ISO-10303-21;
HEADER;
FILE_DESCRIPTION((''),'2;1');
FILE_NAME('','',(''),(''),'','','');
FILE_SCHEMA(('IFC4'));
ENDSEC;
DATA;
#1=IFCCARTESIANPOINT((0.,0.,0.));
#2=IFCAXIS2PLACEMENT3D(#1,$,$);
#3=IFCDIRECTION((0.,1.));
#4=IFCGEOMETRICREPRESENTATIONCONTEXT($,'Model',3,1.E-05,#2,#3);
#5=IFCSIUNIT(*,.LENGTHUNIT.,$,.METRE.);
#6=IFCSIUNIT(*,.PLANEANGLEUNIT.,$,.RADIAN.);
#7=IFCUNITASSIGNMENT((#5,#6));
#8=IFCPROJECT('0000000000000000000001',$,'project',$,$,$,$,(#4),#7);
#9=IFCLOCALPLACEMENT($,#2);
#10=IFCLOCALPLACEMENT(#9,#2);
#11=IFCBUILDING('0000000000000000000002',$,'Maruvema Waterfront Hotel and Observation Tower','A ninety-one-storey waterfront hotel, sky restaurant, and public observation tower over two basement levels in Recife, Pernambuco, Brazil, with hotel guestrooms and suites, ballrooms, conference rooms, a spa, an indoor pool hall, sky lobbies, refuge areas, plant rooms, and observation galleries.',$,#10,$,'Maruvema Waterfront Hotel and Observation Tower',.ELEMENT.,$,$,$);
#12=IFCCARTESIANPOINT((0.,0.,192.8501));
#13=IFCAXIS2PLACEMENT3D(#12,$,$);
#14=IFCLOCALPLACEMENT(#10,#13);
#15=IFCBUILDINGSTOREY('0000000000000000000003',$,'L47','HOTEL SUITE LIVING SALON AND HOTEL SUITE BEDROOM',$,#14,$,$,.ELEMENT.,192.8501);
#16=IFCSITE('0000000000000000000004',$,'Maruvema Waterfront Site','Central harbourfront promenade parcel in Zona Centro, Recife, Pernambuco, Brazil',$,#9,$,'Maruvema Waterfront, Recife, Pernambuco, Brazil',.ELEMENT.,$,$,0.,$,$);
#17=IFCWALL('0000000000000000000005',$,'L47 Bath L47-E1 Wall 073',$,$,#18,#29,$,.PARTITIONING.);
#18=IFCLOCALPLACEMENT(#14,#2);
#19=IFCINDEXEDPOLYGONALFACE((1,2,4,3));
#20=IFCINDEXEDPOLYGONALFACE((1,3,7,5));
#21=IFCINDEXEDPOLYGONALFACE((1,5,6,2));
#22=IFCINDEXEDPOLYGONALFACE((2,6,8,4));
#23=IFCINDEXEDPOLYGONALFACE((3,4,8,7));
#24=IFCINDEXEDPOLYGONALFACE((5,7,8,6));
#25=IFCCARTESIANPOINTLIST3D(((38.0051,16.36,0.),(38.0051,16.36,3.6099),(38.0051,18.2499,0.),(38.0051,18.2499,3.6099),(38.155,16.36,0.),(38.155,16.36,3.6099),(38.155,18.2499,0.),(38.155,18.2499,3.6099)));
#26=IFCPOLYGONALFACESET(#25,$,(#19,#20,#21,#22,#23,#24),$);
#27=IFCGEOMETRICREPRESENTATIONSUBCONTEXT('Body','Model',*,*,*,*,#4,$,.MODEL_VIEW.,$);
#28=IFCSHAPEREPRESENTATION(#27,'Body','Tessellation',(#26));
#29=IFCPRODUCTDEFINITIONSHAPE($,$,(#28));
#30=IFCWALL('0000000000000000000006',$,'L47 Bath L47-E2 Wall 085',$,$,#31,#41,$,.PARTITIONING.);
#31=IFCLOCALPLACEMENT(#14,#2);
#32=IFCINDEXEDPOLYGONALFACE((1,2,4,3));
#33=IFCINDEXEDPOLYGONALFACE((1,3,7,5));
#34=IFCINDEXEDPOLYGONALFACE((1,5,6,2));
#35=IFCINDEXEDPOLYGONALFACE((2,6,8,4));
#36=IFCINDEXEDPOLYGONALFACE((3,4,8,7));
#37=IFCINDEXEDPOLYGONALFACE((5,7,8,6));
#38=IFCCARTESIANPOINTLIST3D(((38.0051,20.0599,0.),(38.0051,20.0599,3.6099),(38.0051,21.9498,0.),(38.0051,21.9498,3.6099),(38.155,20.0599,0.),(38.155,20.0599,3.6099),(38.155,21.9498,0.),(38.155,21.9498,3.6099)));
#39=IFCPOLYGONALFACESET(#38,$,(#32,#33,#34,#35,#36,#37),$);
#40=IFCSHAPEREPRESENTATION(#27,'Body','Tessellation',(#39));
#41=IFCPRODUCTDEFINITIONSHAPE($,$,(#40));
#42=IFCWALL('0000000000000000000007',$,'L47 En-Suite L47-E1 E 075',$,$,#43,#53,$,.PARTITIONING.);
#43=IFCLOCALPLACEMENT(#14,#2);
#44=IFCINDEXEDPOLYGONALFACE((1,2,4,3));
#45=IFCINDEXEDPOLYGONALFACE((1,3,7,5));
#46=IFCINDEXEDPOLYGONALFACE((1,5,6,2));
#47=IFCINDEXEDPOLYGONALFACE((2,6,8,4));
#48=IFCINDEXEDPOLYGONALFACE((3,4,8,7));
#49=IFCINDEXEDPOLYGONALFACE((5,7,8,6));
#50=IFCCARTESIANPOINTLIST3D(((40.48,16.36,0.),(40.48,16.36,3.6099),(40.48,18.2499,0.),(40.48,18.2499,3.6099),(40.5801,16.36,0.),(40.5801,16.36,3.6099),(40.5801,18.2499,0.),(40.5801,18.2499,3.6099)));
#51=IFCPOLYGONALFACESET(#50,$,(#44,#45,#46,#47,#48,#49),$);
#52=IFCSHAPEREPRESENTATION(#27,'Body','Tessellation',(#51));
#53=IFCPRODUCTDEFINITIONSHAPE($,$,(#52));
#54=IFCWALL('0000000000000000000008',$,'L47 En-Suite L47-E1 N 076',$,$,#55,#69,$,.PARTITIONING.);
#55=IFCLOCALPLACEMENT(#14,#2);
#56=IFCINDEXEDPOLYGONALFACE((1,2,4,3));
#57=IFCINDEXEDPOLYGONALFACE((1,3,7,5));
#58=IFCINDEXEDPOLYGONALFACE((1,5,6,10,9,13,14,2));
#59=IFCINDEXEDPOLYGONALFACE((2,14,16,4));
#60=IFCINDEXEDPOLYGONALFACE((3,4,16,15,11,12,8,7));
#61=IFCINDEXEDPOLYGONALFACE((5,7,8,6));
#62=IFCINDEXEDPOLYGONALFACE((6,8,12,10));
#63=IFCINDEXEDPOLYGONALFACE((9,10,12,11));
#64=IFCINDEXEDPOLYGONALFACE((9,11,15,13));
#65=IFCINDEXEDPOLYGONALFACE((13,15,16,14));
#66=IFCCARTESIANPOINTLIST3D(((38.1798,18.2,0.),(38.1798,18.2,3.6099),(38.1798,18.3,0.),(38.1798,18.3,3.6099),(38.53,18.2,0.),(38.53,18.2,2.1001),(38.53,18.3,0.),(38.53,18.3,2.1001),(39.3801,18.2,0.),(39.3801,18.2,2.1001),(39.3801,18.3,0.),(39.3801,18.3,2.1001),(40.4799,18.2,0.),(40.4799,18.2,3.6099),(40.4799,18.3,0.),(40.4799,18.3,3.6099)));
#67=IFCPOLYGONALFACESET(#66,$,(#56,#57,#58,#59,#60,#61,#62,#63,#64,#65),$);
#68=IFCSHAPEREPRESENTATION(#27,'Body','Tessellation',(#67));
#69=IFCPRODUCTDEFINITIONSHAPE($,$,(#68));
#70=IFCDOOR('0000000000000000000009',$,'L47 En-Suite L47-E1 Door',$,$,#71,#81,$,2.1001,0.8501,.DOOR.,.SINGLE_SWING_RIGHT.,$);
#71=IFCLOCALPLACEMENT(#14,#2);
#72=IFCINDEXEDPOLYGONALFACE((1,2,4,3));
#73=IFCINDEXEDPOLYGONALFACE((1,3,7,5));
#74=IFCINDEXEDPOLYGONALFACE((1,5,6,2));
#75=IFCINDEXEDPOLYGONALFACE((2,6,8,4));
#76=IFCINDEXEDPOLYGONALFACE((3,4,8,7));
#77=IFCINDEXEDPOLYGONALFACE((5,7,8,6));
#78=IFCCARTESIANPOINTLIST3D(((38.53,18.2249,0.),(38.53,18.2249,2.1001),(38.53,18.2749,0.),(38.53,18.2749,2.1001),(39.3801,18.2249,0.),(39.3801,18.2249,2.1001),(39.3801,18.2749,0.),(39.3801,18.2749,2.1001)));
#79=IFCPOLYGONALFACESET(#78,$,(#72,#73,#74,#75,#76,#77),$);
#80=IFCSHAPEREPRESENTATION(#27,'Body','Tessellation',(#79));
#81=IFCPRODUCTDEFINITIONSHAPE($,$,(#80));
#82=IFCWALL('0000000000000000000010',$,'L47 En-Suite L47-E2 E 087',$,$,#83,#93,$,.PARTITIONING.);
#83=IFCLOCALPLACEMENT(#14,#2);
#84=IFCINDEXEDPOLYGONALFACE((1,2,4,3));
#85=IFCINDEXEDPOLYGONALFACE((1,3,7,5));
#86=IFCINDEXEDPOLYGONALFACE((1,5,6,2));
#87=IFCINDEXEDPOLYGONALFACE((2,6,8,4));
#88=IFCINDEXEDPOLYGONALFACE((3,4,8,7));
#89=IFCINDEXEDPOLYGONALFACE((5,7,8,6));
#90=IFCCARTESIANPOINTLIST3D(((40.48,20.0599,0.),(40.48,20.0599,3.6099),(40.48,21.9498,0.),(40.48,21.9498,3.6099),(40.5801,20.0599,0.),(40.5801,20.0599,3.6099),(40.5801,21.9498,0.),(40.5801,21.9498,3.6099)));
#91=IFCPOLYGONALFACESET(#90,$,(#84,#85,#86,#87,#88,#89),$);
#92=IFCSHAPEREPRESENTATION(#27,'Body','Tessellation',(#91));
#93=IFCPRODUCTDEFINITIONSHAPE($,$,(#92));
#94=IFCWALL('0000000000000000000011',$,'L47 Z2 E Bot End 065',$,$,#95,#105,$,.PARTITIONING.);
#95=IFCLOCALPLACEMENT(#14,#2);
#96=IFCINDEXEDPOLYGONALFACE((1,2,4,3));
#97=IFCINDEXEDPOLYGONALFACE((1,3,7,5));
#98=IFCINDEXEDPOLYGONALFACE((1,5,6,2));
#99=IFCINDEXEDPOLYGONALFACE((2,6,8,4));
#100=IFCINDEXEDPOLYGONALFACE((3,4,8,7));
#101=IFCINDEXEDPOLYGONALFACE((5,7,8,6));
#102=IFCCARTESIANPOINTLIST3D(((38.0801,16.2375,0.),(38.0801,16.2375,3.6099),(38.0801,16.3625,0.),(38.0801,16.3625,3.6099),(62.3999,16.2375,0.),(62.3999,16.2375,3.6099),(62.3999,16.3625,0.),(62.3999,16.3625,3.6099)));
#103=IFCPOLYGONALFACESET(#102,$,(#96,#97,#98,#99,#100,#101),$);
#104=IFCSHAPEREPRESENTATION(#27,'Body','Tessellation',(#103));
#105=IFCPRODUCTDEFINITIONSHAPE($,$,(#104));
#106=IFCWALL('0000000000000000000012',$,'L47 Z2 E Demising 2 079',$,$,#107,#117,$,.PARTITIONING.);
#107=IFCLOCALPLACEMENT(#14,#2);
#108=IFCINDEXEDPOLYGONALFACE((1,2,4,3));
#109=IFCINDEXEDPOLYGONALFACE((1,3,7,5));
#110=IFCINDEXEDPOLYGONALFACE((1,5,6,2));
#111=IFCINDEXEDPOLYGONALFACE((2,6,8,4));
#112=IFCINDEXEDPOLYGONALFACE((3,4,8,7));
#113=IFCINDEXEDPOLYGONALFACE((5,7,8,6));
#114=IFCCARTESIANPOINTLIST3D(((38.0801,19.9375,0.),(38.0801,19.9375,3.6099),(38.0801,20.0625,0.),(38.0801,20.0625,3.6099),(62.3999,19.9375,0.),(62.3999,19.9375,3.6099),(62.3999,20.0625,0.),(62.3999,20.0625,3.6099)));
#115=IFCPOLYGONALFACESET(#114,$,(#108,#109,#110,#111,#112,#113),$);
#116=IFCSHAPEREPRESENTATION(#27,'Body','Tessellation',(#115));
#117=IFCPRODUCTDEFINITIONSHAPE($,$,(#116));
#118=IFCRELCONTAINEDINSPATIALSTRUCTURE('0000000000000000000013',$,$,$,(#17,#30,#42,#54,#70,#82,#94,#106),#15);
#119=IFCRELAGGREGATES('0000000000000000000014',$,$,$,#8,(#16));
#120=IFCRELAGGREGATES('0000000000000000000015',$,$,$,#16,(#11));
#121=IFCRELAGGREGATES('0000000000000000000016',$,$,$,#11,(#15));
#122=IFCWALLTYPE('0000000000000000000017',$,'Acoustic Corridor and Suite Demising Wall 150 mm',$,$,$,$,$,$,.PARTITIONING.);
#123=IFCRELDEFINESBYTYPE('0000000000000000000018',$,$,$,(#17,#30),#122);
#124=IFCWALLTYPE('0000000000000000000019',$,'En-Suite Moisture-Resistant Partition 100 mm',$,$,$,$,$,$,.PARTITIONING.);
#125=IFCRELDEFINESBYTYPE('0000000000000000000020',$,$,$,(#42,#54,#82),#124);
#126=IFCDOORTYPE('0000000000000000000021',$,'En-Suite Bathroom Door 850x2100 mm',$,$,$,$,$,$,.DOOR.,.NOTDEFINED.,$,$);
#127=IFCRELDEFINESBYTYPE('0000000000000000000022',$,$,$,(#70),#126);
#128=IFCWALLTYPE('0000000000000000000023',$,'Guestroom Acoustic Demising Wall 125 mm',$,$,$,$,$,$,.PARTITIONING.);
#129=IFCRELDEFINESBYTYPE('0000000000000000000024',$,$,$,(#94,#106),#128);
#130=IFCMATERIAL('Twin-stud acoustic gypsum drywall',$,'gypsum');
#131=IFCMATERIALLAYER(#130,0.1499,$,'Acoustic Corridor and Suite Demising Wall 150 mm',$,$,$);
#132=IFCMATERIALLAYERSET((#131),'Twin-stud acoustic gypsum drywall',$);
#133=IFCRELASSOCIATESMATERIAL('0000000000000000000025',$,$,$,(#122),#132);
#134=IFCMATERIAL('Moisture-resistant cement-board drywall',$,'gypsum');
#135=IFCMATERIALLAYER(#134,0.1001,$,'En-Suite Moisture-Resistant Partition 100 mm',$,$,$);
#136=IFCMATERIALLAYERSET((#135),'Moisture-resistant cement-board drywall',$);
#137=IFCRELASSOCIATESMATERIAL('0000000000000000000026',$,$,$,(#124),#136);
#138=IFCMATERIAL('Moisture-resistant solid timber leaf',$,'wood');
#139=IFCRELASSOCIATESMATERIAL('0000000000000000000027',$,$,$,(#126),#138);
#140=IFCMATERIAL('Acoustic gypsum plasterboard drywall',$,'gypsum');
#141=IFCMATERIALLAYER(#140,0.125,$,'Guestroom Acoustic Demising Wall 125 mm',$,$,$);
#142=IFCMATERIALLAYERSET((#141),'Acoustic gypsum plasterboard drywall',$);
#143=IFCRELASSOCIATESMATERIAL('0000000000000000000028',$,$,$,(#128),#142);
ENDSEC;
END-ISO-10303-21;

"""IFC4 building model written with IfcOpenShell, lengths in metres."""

from ifc_helpers import new_model, si_unit, direction, frame, frame_2d, origin, place, context, subcontext, project, spatial, rectangle, extrude, material, layer, layer_set, type_object, element, fill, save


model = new_model("IFC4")

# Units and contexts
model_context = context("Model", 3, precision=1e-05, world=origin(), true_north=direction((0.0, 1.0)))
body_context = subcontext(model_context, "Body", "Model", "MODEL_VIEW")
ifc_project = project(units=[si_unit("LENGTHUNIT", "METRE"), si_unit("PLANEANGLEUNIT", "RADIAN")], contexts=[model_context])

# Site, building, storey
site_placement = place(None, origin())
site = spatial("IfcSite", under=ifc_project, at=site_placement, Name="Maruvema Waterfront Site", Description="Central harbourfront promenade parcel in Zona Centro, Recife, Pernambuco, Brazil", LongName="Maruvema Waterfront, Recife, Pernambuco, Brazil", CompositionType="ELEMENT", RefElevation=0.0)
building_placement = place(site_placement, origin())
building = spatial("IfcBuilding", under=site, at=building_placement, Name="Maruvema Waterfront Hotel and Observation Tower", Description="A ninety-one-storey waterfront hotel, sky restaurant, and public observation tower over two basement levels in Recife, Pernambuco, Brazil, with hotel guestrooms and suites, ballrooms, conference rooms, a spa, an indoor pool hall, sky lobbies, refuge areas, plant rooms, and observation galleries.", LongName="Maruvema Waterfront Hotel and Observation Tower", CompositionType="ELEMENT")
storey_placement = place(building_placement, frame((0.0, 0.0, 192.8501)))
storey = spatial("IfcBuildingStorey", under=building, at=storey_placement, Name="L47", Description="HOTEL SUITE LIVING SALON AND HOTEL SUITE BEDROOM", CompositionType="ELEMENT", Elevation=192.8501)

# Wall
ifc_material_1 = material(Name="Twin-stud acoustic gypsum drywall", Category="gypsum")
ifc_layer_1 = layer(ifc_material_1, 0.1499, Name="Acoustic Corridor and Suite Demising Wall 150 mm")
ifc_layer_set_1 = layer_set([ifc_layer_1], Name="Twin-stud acoustic gypsum drywall")
wall_type_1 = type_object("IfcWallType", Name="Acoustic Corridor and Suite Demising Wall 150 mm", PredefinedType="PARTITIONING", material=ifc_layer_set_1)
wall_1_placement = place(storey_placement, frame((38.0801, 16.3601, 0.0), z_axis=(0.0, 0.0, 1.0), x_axis=(0.0, 1.0, 0.0)))
element("IfcWall", 1, at=wall_1_placement, inside=storey, type_object=wall_type_1, Name="L47 Bath L47-E1 Wall 073", PredefinedType="PARTITIONING", context=body_context, shape_type="SweptSolid", body=[
    extrude(rectangle(XDim=1.8899, YDim=0.1499, at=frame_2d((0.9448, 0.0))), origin(), (0.0, 0.0, 1.0), 3.6099),
])

# Wall
wall_2_placement = place(storey_placement, frame((38.0801, 20.0601, 0.0), z_axis=(0.0, 0.0, 1.0), x_axis=(0.0, 1.0, 0.0)))
element("IfcWall", 2, at=wall_2_placement, inside=storey, type_object=wall_type_1, Name="L47 Bath L47-E2 Wall 085", PredefinedType="PARTITIONING", context=body_context, shape_type="SweptSolid", body=[
    extrude(rectangle(XDim=1.8899, YDim=0.1499, at=frame_2d((0.9448, 0.0))), origin(), (0.0, 0.0, 1.0), 3.6099),
])

# Wall
ifc_material_2 = material(Name="Moisture-resistant cement-board drywall", Category="gypsum")
ifc_layer_2 = layer(ifc_material_2, 0.1001, Name="En-Suite Moisture-Resistant Partition 100 mm")
ifc_layer_set_2 = layer_set([ifc_layer_2], Name="Moisture-resistant cement-board drywall")
wall_type_2 = type_object("IfcWallType", Name="En-Suite Moisture-Resistant Partition 100 mm", PredefinedType="PARTITIONING", material=ifc_layer_set_2)
wall_3_placement = place(storey_placement, frame((40.53, 16.3601, 0.0), z_axis=(0.0, 0.0, 1.0), x_axis=(0.0, 1.0, 0.0)))
element("IfcWall", 3, at=wall_3_placement, inside=storey, type_object=wall_type_2, Name="L47 En-Suite L47-E1 E 075", PredefinedType="PARTITIONING", context=body_context, shape_type="SweptSolid", body=[
    extrude(rectangle(XDim=1.8899, YDim=0.1001, at=frame_2d((0.9448, 0.0))), origin(), (0.0, 0.0, 1.0), 3.6099),
])

# Wall, opening, door
wall_4_placement = place(storey_placement, frame((38.1799, 18.25, 0.0), z_axis=(0.0, 0.0, 1.0), x_axis=(1.0, 0.0, 0.0)))
wall_4 = element("IfcWall", 4, at=wall_4_placement, inside=storey, type_object=wall_type_2, Name="L47 En-Suite L47-E1 N 076", PredefinedType="PARTITIONING", context=body_context, shape_type="SweptSolid", body=[
    extrude(rectangle(XDim=2.3, YDim=0.1001, at=frame_2d((1.1499, 0.0))), origin(), (0.0, 0.0, 1.0), 3.6099),
])
opening_1_placement = place(wall_4_placement, frame((0.3501, 0.0, 0.0)))
opening_1 = element("IfcOpeningElement", 5, at=opening_1_placement, cuts=wall_4, PredefinedType="OPENING", context=body_context, shape_type="SweptSolid", body=[
    extrude(rectangle(XDim=0.8501, YDim=2.1001, at=frame_2d((0.425, 1.05))), frame((0.0, 0.0601, 0.0), z_axis=(0.0, -1.0, 0.0), x_axis=(1.0, 0.0, 0.0)), (0.0, 0.0, 1.0), 0.1201),
])
ifc_material_3 = material(Name="Moisture-resistant solid timber leaf", Category="wood")
door_type_1 = type_object("IfcDoorType", Name="En-Suite Bathroom Door 850x2100 mm", OperationType="NOTDEFINED", PredefinedType="DOOR", material=ifc_material_3)
door_1_placement = place(opening_1_placement, origin())
door_1 = element("IfcDoor", 6, at=door_1_placement, inside=storey, type_object=door_type_1, Name="L47 En-Suite L47-E1 Door", OperationType="SINGLE_SWING_RIGHT", OverallHeight=2.1001, OverallWidth=0.8501, PredefinedType="DOOR", context=body_context, shape_type="SweptSolid", body=[
    extrude(rectangle(XDim=0.8501, YDim=2.1001, at=frame_2d((0.425, 1.05))), frame((0.0, 0.0249, 0.0), z_axis=(0.0, -1.0, 0.0), x_axis=(1.0, 0.0, 0.0)), (0.0, 0.0, 1.0), 0.05),
])
fill(opening_1, door_1)

# Walls
wall_5_placement = place(storey_placement, frame((40.53, 20.0601, 0.0), z_axis=(0.0, 0.0, 1.0), x_axis=(0.0, 1.0, 0.0)))
element("IfcWall", 7, at=wall_5_placement, inside=storey, type_object=wall_type_2, Name="L47 En-Suite L47-E2 E 087", PredefinedType="PARTITIONING", context=body_context, shape_type="SweptSolid", body=[
    extrude(rectangle(XDim=1.8899, YDim=0.1001, at=frame_2d((0.9448, 0.0))), origin(), (0.0, 0.0, 1.0), 3.6099),
])
ifc_material_4 = material(Name="Acoustic gypsum plasterboard drywall", Category="gypsum")
ifc_layer_3 = layer(ifc_material_4, 0.125, Name="Guestroom Acoustic Demising Wall 125 mm")
ifc_layer_set_3 = layer_set([ifc_layer_3], Name="Acoustic gypsum plasterboard drywall")
wall_type_3 = type_object("IfcWallType", Name="Guestroom Acoustic Demising Wall 125 mm", PredefinedType="PARTITIONING", material=ifc_layer_set_3)
for number, where, z_axis, x_axis, name in (
    (8, (38.0801, 16.3, 0.0), (0.0, 0.0, 1.0), (1.0, 0.0, 0.0), "L47 Z2 E Bot End 065"),
    (9, (38.0801, 20.0, 0.0), (0.0, 0.0, 1.0), (1.0, 0.0, 0.0), "L47 Z2 E Demising 2 079"),
):
    element("IfcWall", number, at=place(storey_placement, frame(where, z_axis=z_axis, x_axis=x_axis)), inside=storey, type_object=wall_type_3, Name=name, PredefinedType="PARTITIONING", context=body_context, shape_type="SweptSolid", body=[
        extrude(rectangle(XDim=24.3198, YDim=0.125, at=frame_2d((12.1599, 0.0))), origin(), (0.0, 0.0, 1.0), 3.6099),
    ])

save(model, "model.ifc")
